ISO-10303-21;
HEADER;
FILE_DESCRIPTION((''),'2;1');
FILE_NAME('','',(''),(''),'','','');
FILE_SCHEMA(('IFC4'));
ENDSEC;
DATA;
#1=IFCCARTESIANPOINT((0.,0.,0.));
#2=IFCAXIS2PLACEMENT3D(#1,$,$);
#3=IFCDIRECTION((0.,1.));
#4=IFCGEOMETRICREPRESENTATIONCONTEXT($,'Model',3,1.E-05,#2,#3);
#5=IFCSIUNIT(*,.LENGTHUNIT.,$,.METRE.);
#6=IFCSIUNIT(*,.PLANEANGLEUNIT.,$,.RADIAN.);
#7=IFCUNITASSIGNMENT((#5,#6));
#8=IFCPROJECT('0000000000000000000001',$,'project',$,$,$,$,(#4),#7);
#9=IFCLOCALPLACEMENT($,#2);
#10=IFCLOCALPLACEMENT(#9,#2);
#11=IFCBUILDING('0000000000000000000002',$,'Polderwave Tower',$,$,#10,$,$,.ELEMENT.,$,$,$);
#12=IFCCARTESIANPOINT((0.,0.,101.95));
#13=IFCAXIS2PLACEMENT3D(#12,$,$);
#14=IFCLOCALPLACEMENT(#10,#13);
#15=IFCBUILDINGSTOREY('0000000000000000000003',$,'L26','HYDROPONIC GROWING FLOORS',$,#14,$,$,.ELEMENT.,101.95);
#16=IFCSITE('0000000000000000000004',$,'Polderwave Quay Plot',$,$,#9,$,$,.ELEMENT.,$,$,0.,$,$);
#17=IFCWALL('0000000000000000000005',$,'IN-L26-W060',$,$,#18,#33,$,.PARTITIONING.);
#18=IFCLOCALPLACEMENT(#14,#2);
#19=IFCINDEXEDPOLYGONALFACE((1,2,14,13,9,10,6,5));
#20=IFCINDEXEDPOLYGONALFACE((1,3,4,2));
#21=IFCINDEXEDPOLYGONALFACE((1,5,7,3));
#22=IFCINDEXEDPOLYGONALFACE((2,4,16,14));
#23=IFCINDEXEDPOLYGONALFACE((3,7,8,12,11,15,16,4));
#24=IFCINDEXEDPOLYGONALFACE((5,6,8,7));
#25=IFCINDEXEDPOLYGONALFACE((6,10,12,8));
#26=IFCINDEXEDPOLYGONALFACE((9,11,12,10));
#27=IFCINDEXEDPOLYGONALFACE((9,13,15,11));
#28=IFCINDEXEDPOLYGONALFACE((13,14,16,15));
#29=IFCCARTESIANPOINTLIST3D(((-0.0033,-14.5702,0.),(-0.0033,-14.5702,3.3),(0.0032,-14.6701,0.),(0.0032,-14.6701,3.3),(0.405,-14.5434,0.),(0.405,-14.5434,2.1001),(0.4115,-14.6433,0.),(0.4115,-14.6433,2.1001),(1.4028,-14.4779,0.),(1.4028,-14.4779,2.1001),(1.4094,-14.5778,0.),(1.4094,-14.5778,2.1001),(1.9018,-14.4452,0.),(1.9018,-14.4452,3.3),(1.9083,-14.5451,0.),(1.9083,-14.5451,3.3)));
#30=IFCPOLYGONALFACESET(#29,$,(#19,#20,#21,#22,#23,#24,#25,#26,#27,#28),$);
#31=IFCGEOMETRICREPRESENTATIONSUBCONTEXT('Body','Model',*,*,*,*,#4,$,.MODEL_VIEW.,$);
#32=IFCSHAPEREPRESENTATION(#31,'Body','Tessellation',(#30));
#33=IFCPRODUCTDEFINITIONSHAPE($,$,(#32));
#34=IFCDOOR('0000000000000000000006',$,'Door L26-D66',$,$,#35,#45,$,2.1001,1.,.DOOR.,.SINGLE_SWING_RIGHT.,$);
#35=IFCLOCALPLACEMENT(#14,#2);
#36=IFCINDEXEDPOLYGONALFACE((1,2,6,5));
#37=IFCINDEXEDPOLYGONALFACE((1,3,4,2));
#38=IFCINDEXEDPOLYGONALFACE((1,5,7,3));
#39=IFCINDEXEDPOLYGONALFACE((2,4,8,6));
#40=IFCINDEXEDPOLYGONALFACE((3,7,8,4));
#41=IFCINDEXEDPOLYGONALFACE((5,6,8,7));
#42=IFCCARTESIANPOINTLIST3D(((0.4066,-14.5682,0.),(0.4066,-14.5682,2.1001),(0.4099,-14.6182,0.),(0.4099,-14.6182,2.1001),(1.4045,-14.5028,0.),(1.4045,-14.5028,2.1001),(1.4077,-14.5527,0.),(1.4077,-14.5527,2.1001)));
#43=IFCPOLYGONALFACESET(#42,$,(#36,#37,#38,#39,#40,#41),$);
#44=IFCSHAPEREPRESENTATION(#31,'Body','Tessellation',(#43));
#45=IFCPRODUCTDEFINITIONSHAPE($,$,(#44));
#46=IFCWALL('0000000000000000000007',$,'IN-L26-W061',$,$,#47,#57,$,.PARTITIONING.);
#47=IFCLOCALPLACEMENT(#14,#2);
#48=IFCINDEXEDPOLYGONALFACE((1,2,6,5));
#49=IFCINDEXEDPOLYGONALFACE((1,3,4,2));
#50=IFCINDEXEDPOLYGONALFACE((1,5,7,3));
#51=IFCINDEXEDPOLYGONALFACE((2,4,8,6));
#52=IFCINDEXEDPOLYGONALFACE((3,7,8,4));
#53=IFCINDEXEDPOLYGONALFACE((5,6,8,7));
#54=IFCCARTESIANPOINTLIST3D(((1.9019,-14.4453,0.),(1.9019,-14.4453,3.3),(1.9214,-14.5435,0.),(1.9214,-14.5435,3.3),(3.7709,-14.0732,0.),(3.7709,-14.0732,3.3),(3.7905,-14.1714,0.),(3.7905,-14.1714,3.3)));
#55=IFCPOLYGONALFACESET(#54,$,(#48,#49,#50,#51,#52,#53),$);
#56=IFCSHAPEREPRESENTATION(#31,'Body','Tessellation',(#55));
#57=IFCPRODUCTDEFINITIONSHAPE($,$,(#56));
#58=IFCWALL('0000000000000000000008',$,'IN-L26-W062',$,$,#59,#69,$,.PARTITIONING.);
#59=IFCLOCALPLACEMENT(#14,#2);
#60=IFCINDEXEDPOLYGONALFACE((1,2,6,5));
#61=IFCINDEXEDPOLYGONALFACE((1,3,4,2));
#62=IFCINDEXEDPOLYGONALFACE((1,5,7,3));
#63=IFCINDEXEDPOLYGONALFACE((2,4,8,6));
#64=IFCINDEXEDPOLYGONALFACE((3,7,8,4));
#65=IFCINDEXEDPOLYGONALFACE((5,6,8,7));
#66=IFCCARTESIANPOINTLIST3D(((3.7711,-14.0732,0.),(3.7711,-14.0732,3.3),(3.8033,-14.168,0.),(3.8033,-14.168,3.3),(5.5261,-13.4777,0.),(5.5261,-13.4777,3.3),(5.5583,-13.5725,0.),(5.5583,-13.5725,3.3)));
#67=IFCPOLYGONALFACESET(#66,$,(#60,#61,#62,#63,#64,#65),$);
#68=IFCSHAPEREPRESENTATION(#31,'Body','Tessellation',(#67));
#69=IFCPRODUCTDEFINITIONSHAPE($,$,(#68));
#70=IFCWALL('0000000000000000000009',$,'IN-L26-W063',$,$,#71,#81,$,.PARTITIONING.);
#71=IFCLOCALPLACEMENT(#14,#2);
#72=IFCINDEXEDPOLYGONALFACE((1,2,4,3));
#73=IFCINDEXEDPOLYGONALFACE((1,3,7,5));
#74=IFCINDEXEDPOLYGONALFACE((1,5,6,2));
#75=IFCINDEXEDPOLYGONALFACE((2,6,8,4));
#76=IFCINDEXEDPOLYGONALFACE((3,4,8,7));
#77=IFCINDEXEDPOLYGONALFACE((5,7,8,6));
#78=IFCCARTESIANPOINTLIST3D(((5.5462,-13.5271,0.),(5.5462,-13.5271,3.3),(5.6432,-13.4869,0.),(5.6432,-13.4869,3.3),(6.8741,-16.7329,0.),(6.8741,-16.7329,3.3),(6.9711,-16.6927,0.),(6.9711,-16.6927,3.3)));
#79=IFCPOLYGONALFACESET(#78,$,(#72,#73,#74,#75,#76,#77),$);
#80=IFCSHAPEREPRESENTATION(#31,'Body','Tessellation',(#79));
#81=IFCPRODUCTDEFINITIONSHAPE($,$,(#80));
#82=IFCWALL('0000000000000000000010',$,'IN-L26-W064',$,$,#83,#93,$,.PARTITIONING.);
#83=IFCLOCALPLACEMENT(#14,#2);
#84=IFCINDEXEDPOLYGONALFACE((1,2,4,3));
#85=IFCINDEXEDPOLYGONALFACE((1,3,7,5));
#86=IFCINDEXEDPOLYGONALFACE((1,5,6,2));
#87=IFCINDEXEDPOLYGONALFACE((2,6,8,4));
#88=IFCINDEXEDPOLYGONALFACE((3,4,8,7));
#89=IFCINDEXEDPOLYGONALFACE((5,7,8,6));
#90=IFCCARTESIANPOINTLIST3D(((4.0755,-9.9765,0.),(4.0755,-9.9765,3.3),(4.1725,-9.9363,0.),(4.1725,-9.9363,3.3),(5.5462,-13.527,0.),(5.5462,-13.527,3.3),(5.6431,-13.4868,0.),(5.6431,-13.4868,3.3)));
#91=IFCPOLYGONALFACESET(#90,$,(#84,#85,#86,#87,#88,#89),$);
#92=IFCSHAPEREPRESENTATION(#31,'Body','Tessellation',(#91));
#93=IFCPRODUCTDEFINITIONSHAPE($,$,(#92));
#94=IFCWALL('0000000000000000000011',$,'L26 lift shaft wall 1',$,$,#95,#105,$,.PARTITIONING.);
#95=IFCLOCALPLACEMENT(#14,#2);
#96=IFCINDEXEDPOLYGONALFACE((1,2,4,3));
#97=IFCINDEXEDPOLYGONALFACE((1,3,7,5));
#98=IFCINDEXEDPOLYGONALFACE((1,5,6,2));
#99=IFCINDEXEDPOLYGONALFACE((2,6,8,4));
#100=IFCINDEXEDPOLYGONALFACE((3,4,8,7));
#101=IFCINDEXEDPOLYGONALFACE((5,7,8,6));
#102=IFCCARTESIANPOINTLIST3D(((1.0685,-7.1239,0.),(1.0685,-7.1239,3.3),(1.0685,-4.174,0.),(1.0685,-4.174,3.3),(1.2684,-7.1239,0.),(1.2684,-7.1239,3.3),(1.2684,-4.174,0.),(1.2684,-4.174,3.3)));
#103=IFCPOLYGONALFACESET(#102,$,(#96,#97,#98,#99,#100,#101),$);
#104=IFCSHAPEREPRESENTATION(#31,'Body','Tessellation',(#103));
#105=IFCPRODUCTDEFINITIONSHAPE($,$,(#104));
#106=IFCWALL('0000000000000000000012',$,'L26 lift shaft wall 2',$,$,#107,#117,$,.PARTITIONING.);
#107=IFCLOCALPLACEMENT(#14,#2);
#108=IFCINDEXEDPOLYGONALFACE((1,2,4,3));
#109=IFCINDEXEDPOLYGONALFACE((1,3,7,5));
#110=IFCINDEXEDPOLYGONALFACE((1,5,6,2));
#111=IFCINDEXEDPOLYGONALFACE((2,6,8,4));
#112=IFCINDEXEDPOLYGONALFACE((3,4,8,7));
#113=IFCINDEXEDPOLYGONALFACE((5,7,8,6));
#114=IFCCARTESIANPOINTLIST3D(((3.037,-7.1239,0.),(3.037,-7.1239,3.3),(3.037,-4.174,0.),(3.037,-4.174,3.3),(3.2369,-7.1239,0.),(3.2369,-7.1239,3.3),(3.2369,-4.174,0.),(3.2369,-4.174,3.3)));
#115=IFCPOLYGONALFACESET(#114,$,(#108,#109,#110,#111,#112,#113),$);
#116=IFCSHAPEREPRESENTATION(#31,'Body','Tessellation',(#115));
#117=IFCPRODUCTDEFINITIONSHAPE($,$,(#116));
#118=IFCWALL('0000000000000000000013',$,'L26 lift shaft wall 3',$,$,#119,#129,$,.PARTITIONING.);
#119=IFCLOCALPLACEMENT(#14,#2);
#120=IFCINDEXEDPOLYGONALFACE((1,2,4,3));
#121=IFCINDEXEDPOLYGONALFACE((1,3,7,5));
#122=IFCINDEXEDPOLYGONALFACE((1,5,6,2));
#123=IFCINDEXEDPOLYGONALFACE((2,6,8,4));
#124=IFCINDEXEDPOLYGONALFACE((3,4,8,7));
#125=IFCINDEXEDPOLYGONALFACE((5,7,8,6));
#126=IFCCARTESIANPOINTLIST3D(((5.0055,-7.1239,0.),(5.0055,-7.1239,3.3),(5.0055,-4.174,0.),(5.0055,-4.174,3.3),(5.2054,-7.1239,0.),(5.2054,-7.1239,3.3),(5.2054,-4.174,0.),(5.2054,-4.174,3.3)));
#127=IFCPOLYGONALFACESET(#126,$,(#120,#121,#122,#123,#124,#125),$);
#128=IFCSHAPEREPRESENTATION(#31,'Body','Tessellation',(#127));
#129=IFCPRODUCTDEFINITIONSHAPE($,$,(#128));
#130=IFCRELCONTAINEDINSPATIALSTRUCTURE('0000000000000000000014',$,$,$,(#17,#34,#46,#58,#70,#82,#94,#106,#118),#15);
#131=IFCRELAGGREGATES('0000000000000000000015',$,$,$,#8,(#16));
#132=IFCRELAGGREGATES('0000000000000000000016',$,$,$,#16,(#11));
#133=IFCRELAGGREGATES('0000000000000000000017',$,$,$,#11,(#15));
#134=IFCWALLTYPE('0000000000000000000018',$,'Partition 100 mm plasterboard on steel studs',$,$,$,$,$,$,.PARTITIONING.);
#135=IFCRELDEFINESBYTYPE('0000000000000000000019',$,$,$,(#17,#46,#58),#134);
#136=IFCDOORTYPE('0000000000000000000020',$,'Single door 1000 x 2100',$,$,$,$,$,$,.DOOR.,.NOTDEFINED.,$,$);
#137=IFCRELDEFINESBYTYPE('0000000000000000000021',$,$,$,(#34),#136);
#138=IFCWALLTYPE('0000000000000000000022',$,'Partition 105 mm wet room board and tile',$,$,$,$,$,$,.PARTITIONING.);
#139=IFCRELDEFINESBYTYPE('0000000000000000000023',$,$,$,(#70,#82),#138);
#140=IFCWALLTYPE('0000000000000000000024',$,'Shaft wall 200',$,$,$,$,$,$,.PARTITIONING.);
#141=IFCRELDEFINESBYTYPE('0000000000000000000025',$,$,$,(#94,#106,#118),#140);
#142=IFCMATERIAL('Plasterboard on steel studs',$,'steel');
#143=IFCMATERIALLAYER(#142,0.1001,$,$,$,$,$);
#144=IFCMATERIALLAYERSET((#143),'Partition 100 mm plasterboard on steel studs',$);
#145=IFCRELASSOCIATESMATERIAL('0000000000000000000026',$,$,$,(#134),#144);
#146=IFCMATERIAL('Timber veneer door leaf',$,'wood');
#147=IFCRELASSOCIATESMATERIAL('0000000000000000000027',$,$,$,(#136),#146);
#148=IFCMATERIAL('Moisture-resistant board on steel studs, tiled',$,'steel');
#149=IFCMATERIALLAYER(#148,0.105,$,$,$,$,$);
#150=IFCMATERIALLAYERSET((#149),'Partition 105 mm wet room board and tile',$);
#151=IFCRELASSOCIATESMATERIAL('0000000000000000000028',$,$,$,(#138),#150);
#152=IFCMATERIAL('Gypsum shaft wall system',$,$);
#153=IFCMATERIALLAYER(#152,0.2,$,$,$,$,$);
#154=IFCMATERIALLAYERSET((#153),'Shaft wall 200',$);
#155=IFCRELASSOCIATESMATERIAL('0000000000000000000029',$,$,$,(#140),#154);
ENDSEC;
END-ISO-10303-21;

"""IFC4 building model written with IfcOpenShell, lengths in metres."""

from ifc_helpers import new_model, si_unit, direction, frame, frame_2d, origin, place, context, subcontext, project, spatial, rectangle, extrude, material, layer, layer_set, type_object, element, fill, save


model = new_model("IFC4")

# Units and contexts
model_context = context("Model", 3, precision=1e-05, world=origin(), true_north=direction((0.0, 1.0)))
body_context = subcontext(model_context, "Body", "Model", "MODEL_VIEW")
ifc_project = project(units=[si_unit("LENGTHUNIT", "METRE"), si_unit("PLANEANGLEUNIT", "RADIAN")], contexts=[model_context])

# Site, building, storey
site_placement = place(None, origin())
site = spatial("IfcSite", under=ifc_project, at=site_placement, Name="Polderwave Quay Plot", CompositionType="ELEMENT", RefElevation=0.0)
building_placement = place(site_placement, origin())
building = spatial("IfcBuilding", under=site, at=building_placement, Name="Polderwave Tower", CompositionType="ELEMENT")
storey_placement = place(building_placement, frame((0.0, 0.0, 101.95)))
storey = spatial("IfcBuildingStorey", under=building, at=storey_placement, Name="L26", Description="HYDROPONIC GROWING FLOORS", CompositionType="ELEMENT", Elevation=101.95)

# Wall, opening, door
ifc_material_1 = material(Name="Plasterboard on steel studs", Category="steel")
ifc_layer_1 = layer(ifc_material_1, 0.1001)
ifc_layer_set_1 = layer_set([ifc_layer_1], Name="Partition 100 mm plasterboard on steel studs")
wall_type_1 = type_object("IfcWallType", Name="Partition 100 mm plasterboard on steel studs", PredefinedType="PARTITIONING", material=ifc_layer_set_1)
wall_1_placement = place(storey_placement, frame((1.905, -14.4951, 0.0), z_axis=(0.0, 0.0, 1.0), x_axis=(-0.997854, -0.065475, 0.0)))
wall_1 = element("IfcWall", 1, at=wall_1_placement, inside=storey, type_object=wall_type_1, Name="IN-L26-W060", PredefinedType="PARTITIONING", context=body_context, shape_type="SweptSolid", body=[
    extrude(rectangle(XDim=1.9092, YDim=0.1001, at=frame_2d((0.9546, 0.0))), origin(), (0.0, 0.0, 1.0), 3.3),
])
opening_1_placement = place(wall_1_placement, frame((0.5, 0.0, 0.0)))
opening_1 = element("IfcOpeningElement", 2, at=opening_1_placement, cuts=wall_1, PredefinedType="OPENING", context=body_context, shape_type="SweptSolid", body=[
    extrude(rectangle(XDim=1.0, YDim=2.1001, at=frame_2d((0.5, 1.05))), frame((0.0, 0.0601, 0.0), z_axis=(0.0, -1.0, 0.0), x_axis=(1.0, 0.0, 0.0)), (0.0, 0.0, 1.0), 0.1201),
])
ifc_material_2 = material(Name="Timber veneer door leaf", Category="wood")
door_type_1 = type_object("IfcDoorType", Name="Single door 1000 x 2100", OperationType="NOTDEFINED", PredefinedType="DOOR", material=ifc_material_2)
door_1_placement = place(opening_1_placement, origin())
door_1 = element("IfcDoor", 3, at=door_1_placement, inside=storey, type_object=door_type_1, Name="Door L26-D66", OperationType="SINGLE_SWING_RIGHT", OverallHeight=2.1001, OverallWidth=1.0, PredefinedType="DOOR", context=body_context, shape_type="SweptSolid", body=[
    extrude(rectangle(XDim=1.0, YDim=2.1001, at=frame_2d((0.5, 1.05))), frame((0.0, 0.0249, 0.0), z_axis=(0.0, -1.0, 0.0), x_axis=(1.0, 0.0, 0.0)), (0.0, 0.0, 1.0), 0.05),
])
fill(opening_1, door_1)

# Walls
wall_2_placement = place(storey_placement, frame((1.9116, -14.4944, 0.0), z_axis=(0.0, 0.0, 1.0), x_axis=(0.980758, 0.195229, 0.0)))
element("IfcWall", 4, at=wall_2_placement, inside=storey, type_object=wall_type_1, Name="IN-L26-W061", PredefinedType="PARTITIONING", context=body_context, shape_type="SweptSolid", body=[
    extrude(rectangle(XDim=1.9058, YDim=0.1001, at=frame_2d((0.9529, 0.0))), origin(), (0.0, 0.0, 1.0), 3.3),
])
wall_3_placement = place(storey_placement, frame((3.7871, -14.1206, 0.0), z_axis=(0.0, 0.0, 1.0), x_axis=(0.94697, 0.321322, 0.0)))
element("IfcWall", 5, at=wall_3_placement, inside=storey, type_object=wall_type_1, Name="IN-L26-W062", PredefinedType="PARTITIONING", context=body_context, shape_type="SweptSolid", body=[
    extrude(rectangle(XDim=1.8533, YDim=0.1001, at=frame_2d((0.9268, 0.0))), origin(), (0.0, 0.0, 1.0), 3.3),
])
ifc_material_3 = material(Name="Moisture-resistant board on steel studs, tiled", Category="steel")
ifc_layer_2 = layer(ifc_material_3, 0.105)
ifc_layer_set_2 = layer_set([ifc_layer_2], Name="Partition 105 mm wet room board and tile")
wall_type_2 = type_object("IfcWallType", Name="Partition 105 mm wet room board and tile", PredefinedType="PARTITIONING", material=ifc_layer_set_2)
wall_4_placement = place(storey_placement, frame((5.5947, -13.5071, 0.0), z_axis=(0.0, 0.0, 1.0), x_axis=(0.382681, -0.92388, 0.0)))
element("IfcWall", 6, at=wall_4_placement, inside=storey, type_object=wall_type_2, Name="IN-L26-W063", PredefinedType="PARTITIONING", context=body_context, shape_type="SweptSolid", body=[
    extrude(rectangle(XDim=3.47, YDim=0.105, at=frame_2d((1.7349, 0.0))), origin(), (0.0, 0.0, 1.0), 3.3),
])
wall_5_placement = place(storey_placement, frame((4.124, -9.9565, 0.0), z_axis=(0.0, 0.0, 1.0), x_axis=(0.382688, -0.923877, 0.0)))
element("IfcWall", 7, at=wall_5_placement, inside=storey, type_object=wall_type_2, Name="IN-L26-W064", PredefinedType="PARTITIONING", context=body_context, shape_type="SweptSolid", body=[
    extrude(rectangle(XDim=3.843, YDim=0.105, at=frame_2d((1.9214, 0.0))), origin(), (0.0, 0.0, 1.0), 3.3),
])
ifc_material_4 = material(Name="Gypsum shaft wall system")
ifc_layer_3 = layer(ifc_material_4, 0.2)
ifc_layer_set_3 = layer_set([ifc_layer_3], Name="Shaft wall 200")
wall_type_3 = type_object("IfcWallType", Name="Shaft wall 200", PredefinedType="PARTITIONING", material=ifc_layer_set_3)
for number, where, z_axis, x_axis, name in (
    (8, (1.1685, -7.124, 0.0), (0.0, 0.0, 1.0), (0.0, 1.0, 0.0), "L26 lift shaft wall 1"),
    (9, (3.137, -7.124, 0.0), (0.0, 0.0, 1.0), (0.0, 1.0, 0.0), "L26 lift shaft wall 2"),
    (10, (5.1055, -7.124, 0.0), (0.0, 0.0, 1.0), (0.0, 1.0, 0.0), "L26 lift shaft wall 3"),
):
    element("IfcWall", number, at=place(storey_placement, frame(where, z_axis=z_axis, x_axis=x_axis)), inside=storey, type_object=wall_type_3, Name=name, PredefinedType="PARTITIONING", context=body_context, shape_type="SweptSolid", body=[
        extrude(rectangle(XDim=2.95, YDim=0.2, at=frame_2d((1.4751, 0.0))), origin(), (0.0, 0.0, 1.0), 3.3),
    ])

save(model, "model.ifc")
